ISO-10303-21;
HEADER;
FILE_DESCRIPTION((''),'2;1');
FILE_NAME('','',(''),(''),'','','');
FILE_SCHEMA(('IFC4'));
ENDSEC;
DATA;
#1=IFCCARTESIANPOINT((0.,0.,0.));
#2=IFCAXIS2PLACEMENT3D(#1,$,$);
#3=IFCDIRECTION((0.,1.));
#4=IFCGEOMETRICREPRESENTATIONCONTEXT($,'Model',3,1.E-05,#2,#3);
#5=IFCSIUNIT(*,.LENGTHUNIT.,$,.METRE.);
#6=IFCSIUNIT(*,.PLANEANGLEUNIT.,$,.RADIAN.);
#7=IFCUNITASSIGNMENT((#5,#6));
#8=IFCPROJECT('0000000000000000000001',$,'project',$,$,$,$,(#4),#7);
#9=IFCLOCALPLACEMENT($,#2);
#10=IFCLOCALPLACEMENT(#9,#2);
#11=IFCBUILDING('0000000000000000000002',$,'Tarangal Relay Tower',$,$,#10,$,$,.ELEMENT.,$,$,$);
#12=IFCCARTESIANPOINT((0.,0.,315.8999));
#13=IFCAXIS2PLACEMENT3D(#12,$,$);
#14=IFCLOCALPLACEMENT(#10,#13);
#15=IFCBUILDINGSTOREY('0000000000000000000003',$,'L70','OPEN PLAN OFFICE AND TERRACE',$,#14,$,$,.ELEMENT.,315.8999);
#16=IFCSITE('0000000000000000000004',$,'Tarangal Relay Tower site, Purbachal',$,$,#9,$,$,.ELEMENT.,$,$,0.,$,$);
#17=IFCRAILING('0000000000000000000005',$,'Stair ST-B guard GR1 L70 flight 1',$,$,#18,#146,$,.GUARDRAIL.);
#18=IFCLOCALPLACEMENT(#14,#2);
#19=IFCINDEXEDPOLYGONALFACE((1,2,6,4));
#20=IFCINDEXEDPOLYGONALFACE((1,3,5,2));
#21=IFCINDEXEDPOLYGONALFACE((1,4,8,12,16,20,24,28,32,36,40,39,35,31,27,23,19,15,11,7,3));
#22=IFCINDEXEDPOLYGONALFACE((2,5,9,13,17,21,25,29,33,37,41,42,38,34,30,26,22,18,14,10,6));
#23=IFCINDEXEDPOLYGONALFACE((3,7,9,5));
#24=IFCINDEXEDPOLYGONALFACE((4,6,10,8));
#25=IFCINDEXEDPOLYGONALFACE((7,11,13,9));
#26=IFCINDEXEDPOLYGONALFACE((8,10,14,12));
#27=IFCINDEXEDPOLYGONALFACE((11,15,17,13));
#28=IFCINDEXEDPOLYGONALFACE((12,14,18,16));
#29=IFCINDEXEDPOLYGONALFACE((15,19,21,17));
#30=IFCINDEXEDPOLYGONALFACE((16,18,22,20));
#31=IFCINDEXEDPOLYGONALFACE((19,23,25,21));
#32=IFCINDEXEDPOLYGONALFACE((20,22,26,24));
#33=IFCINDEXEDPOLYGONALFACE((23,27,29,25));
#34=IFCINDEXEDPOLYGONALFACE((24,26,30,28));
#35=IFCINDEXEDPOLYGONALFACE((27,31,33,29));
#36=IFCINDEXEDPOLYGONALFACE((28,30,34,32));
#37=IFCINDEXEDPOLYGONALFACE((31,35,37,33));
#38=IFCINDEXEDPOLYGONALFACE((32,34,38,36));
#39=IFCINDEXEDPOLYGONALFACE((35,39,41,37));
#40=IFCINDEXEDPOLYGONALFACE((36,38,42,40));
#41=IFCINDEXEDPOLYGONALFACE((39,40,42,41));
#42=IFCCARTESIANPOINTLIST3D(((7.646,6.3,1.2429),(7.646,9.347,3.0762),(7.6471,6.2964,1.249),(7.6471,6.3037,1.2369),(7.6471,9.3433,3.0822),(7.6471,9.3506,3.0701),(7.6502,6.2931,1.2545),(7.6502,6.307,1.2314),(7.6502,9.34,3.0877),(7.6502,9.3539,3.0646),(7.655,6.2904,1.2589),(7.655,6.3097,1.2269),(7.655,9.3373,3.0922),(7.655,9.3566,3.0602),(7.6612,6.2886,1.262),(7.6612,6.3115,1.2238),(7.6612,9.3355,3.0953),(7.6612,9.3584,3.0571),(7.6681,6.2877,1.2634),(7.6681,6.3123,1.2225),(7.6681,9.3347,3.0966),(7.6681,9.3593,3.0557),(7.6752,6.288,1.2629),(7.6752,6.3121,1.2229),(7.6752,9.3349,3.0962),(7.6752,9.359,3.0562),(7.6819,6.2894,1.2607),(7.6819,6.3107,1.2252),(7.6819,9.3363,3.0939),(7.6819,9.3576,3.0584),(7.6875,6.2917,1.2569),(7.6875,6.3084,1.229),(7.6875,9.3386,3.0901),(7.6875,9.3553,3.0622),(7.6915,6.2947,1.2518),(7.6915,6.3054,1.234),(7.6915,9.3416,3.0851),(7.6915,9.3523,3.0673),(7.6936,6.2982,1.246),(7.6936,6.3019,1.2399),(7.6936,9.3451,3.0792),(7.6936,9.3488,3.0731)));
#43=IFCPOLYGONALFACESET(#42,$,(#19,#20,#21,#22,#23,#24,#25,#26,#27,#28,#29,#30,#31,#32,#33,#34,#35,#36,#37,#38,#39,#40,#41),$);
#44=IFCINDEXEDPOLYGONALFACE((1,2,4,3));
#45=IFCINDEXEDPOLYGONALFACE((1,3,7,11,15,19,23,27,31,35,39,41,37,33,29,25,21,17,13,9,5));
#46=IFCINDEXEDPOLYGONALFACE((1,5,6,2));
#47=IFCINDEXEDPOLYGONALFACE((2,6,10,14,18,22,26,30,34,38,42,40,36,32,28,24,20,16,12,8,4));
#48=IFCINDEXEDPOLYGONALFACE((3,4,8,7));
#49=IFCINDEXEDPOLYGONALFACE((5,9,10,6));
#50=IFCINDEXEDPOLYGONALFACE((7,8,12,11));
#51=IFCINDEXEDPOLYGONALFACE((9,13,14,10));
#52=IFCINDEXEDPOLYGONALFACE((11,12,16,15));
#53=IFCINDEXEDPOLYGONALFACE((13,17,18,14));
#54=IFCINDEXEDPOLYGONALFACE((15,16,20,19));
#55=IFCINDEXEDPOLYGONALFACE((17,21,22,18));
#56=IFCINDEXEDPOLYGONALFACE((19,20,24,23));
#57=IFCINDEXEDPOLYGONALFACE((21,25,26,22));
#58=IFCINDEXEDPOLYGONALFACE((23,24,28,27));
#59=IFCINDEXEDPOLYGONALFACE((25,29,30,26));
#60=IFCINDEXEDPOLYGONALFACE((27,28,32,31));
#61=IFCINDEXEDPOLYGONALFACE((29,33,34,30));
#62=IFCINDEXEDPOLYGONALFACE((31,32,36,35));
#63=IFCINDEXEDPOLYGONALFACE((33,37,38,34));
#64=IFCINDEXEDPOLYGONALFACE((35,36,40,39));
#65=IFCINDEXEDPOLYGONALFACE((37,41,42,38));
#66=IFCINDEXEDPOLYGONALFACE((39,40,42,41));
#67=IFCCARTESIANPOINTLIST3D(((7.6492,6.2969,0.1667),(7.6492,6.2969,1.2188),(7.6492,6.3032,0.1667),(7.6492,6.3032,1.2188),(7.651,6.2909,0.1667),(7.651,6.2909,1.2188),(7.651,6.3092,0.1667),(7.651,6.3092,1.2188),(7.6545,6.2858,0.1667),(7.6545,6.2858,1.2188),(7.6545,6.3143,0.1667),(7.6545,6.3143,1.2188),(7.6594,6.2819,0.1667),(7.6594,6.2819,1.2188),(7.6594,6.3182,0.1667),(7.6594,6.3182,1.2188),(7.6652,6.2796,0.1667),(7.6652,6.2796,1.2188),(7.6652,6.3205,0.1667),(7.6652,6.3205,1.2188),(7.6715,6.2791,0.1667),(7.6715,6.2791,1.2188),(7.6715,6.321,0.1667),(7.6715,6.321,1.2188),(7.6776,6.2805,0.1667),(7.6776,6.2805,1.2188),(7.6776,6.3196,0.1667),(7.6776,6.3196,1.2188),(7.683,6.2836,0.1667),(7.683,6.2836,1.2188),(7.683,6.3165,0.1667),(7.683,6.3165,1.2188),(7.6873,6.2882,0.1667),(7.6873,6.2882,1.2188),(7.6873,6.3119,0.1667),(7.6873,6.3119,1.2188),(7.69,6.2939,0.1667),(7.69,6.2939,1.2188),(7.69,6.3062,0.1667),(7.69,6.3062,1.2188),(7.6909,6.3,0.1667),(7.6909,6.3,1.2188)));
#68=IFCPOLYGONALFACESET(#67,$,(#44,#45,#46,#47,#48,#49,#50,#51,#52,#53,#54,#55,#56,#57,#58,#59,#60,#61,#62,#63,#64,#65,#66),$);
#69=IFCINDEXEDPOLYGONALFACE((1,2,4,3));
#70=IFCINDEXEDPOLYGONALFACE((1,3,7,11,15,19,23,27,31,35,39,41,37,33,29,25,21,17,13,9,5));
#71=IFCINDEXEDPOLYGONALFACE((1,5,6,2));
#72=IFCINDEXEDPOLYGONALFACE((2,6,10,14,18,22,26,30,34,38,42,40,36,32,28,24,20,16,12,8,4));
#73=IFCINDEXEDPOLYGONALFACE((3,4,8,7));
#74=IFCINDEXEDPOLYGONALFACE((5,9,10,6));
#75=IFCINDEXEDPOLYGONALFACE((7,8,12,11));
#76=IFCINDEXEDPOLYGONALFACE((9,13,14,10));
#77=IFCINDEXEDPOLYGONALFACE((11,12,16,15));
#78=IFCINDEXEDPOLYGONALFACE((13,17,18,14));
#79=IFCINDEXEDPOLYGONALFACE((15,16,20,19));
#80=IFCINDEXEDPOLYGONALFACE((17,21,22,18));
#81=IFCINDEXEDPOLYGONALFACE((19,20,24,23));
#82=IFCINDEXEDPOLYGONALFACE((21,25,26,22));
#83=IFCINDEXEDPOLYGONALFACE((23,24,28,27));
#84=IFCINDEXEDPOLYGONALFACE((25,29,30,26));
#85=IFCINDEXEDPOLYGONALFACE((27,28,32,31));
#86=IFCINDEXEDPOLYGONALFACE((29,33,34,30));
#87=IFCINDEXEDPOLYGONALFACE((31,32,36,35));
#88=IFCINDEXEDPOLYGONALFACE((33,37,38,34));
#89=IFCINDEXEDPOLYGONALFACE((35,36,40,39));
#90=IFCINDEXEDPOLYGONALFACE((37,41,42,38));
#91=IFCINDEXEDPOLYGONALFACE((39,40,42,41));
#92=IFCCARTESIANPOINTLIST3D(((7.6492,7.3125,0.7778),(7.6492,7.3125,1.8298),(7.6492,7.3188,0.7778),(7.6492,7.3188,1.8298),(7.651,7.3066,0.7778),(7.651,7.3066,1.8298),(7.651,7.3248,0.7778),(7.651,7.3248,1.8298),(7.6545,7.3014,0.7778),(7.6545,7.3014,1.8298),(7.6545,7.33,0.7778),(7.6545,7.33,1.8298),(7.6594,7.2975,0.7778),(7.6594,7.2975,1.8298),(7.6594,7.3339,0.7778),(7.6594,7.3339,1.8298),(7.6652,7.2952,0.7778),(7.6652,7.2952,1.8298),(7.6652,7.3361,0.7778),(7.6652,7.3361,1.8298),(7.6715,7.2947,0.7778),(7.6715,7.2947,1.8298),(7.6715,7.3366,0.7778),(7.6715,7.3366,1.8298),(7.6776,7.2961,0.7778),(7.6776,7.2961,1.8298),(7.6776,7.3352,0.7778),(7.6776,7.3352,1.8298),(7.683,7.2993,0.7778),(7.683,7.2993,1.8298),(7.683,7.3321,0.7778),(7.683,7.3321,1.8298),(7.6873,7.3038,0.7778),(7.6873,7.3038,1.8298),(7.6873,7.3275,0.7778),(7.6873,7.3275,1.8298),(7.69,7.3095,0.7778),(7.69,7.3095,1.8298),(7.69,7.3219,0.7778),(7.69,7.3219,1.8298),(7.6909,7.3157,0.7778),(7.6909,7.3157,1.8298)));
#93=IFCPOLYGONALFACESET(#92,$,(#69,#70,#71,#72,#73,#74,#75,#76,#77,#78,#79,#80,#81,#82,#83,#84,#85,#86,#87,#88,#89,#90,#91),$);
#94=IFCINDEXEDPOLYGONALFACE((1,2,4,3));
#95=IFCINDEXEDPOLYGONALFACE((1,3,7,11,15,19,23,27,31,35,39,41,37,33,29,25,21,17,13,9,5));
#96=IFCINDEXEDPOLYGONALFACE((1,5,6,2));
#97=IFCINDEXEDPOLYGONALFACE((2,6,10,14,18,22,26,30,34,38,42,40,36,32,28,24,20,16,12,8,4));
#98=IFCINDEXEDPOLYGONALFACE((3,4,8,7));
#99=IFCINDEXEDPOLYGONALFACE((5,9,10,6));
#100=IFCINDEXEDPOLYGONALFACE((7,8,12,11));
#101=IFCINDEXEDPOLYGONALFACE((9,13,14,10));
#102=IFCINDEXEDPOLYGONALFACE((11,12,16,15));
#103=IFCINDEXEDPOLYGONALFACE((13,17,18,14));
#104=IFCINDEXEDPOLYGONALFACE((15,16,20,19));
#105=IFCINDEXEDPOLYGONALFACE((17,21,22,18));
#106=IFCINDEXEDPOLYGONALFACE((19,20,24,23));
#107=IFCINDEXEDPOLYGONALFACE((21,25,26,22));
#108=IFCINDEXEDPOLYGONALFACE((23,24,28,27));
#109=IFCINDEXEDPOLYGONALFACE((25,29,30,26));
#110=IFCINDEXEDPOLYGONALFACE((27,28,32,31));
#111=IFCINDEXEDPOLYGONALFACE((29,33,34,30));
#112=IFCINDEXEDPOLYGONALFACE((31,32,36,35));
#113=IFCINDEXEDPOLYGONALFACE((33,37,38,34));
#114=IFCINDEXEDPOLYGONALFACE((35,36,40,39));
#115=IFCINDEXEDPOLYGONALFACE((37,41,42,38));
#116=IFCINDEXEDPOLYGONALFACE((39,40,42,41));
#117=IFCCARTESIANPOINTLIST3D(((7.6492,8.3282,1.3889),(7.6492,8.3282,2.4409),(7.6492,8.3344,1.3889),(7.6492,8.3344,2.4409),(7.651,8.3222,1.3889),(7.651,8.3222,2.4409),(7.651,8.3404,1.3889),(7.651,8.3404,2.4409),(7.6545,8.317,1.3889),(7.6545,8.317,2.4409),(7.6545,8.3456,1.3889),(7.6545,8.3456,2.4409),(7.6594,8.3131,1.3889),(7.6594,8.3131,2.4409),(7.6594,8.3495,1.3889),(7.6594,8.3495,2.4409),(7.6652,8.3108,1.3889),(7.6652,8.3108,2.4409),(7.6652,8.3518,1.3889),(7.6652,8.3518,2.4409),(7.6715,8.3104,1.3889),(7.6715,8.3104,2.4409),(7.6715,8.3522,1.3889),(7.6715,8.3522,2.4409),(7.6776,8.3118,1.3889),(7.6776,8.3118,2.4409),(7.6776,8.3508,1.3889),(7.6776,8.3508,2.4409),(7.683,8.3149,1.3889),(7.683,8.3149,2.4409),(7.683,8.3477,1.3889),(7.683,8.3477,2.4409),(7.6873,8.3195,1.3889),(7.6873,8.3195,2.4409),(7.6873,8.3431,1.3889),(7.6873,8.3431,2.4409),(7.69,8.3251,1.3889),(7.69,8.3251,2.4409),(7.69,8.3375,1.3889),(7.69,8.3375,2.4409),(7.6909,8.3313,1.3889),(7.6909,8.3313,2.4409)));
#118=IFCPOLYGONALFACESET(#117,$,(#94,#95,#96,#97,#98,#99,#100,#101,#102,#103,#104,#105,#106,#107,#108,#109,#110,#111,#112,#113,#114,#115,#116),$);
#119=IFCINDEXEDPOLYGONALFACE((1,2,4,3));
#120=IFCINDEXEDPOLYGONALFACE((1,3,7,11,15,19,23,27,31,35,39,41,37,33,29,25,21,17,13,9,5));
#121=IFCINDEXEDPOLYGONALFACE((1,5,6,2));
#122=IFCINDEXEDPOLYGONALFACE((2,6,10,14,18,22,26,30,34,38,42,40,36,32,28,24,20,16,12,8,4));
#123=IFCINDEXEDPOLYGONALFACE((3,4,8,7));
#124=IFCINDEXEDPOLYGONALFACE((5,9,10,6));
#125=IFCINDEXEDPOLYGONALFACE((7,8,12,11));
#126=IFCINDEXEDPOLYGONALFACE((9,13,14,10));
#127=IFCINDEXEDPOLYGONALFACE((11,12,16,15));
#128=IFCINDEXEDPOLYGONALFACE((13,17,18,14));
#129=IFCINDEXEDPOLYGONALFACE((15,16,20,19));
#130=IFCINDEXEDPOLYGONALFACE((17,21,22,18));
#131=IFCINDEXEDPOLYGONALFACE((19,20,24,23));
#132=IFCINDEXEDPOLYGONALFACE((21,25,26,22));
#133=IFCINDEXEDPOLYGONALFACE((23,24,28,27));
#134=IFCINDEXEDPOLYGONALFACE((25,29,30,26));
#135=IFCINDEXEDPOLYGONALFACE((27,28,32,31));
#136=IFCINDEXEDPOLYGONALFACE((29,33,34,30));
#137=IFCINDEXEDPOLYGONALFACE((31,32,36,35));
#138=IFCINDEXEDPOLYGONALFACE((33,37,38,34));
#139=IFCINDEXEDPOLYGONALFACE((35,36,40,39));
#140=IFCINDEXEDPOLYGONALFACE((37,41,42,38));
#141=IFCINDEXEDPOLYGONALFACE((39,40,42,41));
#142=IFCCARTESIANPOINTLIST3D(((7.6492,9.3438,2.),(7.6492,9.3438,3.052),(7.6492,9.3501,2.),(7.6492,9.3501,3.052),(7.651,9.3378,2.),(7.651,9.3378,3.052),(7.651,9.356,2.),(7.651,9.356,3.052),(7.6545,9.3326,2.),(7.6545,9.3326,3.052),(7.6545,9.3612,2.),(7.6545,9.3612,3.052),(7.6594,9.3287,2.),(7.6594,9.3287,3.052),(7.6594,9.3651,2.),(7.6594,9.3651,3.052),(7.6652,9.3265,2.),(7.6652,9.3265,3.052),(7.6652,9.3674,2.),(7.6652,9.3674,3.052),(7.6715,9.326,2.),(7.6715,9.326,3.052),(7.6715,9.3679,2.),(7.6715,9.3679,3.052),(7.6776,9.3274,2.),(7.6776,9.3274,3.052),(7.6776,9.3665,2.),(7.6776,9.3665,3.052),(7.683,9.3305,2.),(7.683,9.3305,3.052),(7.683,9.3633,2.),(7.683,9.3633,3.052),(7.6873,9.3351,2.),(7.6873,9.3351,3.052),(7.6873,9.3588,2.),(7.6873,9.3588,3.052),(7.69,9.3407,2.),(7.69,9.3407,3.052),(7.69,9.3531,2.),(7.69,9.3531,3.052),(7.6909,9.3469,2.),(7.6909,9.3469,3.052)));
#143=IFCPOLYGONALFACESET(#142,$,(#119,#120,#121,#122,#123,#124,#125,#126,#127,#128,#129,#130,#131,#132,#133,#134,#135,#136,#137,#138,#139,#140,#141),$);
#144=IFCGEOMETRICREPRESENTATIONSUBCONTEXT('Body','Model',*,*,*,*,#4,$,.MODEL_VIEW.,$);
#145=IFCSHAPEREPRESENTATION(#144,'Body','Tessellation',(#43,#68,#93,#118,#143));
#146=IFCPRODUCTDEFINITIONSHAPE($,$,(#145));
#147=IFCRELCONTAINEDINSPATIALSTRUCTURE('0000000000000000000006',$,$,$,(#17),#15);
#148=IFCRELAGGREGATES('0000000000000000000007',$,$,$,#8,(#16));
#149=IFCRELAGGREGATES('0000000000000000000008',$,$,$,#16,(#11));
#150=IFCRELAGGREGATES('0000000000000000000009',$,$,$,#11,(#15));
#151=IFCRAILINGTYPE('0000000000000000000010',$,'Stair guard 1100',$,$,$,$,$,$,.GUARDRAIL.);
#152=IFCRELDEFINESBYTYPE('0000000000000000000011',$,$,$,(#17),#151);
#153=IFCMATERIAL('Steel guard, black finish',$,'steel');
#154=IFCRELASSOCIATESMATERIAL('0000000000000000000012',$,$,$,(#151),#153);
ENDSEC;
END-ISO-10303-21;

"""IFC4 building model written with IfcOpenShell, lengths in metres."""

from ifc_helpers import new_model, si_unit, direction, frame, origin, origin_2d, place, context, subcontext, project, spatial, circle, extrude, material, type_object, element, save


model = new_model("IFC4")

# Units and contexts
model_context = context("Model", 3, precision=1e-05, world=origin(), true_north=direction((0.0, 1.0)))
body_context = subcontext(model_context, "Body", "Model", "MODEL_VIEW")
ifc_project = project(units=[si_unit("LENGTHUNIT", "METRE"), si_unit("PLANEANGLEUNIT", "RADIAN")], contexts=[model_context])

# Site, building, storey
site_placement = place(None, origin())
site = spatial("IfcSite", under=ifc_project, at=site_placement, Name="Tarangal Relay Tower site, Purbachal", CompositionType="ELEMENT", RefElevation=0.0)
building_placement = place(site_placement, origin())
building = spatial("IfcBuilding", under=site, at=building_placement, Name="Tarangal Relay Tower", CompositionType="ELEMENT")
storey_placement = place(building_placement, frame((0.0, 0.0, 315.8999)))
storey = spatial("IfcBuildingStorey", under=building, at=storey_placement, Name="L70", Description="OPEN PLAN OFFICE AND TERRACE", CompositionType="ELEMENT", Elevation=315.8999)

# Railing
ifc_material_1 = material(Name="Steel guard, black finish", Category="steel")
railing_type_1 = type_object("IfcRailingType", Name="Stair guard 1100", PredefinedType="GUARDRAIL", material=ifc_material_1)
railing_1_placement = place(storey_placement, frame((7.6699, 6.3, 0.1667)))
element("IfcRailing", 1, at=railing_1_placement, inside=storey, type_object=railing_type_1, Name="Stair ST-B guard GR1 L70 flight 1", PredefinedType="GUARDRAIL", context=body_context, shape_type="SweptSolid", body=[
    extrude(circle(Radius=0.0239, at=origin_2d()), frame((0.0, 0.0, 1.0762), z_axis=(0.0, 0.856856, 0.515556), x_axis=(-1.0, 0.0, 0.0)), (0.0, 0.0, 1.0), 3.5559),
    extrude(circle(Radius=0.021, at=origin_2d()), origin(), (0.0, 0.0, 1.0), 1.052),
    extrude(circle(Radius=0.021, at=origin_2d()), frame((0.0, 1.0156, 0.6111)), (0.0, 0.0, 1.0), 1.052),
    extrude(circle(Radius=0.021, at=origin_2d()), frame((0.0, 2.0312, 1.2222)), (0.0, 0.0, 1.0), 1.052),
    extrude(circle(Radius=0.021, at=origin_2d()), frame((0.0, 3.0469, 1.8333)), (0.0, 0.0, 1.0), 1.052),
])

save(model, "model.ifc")
